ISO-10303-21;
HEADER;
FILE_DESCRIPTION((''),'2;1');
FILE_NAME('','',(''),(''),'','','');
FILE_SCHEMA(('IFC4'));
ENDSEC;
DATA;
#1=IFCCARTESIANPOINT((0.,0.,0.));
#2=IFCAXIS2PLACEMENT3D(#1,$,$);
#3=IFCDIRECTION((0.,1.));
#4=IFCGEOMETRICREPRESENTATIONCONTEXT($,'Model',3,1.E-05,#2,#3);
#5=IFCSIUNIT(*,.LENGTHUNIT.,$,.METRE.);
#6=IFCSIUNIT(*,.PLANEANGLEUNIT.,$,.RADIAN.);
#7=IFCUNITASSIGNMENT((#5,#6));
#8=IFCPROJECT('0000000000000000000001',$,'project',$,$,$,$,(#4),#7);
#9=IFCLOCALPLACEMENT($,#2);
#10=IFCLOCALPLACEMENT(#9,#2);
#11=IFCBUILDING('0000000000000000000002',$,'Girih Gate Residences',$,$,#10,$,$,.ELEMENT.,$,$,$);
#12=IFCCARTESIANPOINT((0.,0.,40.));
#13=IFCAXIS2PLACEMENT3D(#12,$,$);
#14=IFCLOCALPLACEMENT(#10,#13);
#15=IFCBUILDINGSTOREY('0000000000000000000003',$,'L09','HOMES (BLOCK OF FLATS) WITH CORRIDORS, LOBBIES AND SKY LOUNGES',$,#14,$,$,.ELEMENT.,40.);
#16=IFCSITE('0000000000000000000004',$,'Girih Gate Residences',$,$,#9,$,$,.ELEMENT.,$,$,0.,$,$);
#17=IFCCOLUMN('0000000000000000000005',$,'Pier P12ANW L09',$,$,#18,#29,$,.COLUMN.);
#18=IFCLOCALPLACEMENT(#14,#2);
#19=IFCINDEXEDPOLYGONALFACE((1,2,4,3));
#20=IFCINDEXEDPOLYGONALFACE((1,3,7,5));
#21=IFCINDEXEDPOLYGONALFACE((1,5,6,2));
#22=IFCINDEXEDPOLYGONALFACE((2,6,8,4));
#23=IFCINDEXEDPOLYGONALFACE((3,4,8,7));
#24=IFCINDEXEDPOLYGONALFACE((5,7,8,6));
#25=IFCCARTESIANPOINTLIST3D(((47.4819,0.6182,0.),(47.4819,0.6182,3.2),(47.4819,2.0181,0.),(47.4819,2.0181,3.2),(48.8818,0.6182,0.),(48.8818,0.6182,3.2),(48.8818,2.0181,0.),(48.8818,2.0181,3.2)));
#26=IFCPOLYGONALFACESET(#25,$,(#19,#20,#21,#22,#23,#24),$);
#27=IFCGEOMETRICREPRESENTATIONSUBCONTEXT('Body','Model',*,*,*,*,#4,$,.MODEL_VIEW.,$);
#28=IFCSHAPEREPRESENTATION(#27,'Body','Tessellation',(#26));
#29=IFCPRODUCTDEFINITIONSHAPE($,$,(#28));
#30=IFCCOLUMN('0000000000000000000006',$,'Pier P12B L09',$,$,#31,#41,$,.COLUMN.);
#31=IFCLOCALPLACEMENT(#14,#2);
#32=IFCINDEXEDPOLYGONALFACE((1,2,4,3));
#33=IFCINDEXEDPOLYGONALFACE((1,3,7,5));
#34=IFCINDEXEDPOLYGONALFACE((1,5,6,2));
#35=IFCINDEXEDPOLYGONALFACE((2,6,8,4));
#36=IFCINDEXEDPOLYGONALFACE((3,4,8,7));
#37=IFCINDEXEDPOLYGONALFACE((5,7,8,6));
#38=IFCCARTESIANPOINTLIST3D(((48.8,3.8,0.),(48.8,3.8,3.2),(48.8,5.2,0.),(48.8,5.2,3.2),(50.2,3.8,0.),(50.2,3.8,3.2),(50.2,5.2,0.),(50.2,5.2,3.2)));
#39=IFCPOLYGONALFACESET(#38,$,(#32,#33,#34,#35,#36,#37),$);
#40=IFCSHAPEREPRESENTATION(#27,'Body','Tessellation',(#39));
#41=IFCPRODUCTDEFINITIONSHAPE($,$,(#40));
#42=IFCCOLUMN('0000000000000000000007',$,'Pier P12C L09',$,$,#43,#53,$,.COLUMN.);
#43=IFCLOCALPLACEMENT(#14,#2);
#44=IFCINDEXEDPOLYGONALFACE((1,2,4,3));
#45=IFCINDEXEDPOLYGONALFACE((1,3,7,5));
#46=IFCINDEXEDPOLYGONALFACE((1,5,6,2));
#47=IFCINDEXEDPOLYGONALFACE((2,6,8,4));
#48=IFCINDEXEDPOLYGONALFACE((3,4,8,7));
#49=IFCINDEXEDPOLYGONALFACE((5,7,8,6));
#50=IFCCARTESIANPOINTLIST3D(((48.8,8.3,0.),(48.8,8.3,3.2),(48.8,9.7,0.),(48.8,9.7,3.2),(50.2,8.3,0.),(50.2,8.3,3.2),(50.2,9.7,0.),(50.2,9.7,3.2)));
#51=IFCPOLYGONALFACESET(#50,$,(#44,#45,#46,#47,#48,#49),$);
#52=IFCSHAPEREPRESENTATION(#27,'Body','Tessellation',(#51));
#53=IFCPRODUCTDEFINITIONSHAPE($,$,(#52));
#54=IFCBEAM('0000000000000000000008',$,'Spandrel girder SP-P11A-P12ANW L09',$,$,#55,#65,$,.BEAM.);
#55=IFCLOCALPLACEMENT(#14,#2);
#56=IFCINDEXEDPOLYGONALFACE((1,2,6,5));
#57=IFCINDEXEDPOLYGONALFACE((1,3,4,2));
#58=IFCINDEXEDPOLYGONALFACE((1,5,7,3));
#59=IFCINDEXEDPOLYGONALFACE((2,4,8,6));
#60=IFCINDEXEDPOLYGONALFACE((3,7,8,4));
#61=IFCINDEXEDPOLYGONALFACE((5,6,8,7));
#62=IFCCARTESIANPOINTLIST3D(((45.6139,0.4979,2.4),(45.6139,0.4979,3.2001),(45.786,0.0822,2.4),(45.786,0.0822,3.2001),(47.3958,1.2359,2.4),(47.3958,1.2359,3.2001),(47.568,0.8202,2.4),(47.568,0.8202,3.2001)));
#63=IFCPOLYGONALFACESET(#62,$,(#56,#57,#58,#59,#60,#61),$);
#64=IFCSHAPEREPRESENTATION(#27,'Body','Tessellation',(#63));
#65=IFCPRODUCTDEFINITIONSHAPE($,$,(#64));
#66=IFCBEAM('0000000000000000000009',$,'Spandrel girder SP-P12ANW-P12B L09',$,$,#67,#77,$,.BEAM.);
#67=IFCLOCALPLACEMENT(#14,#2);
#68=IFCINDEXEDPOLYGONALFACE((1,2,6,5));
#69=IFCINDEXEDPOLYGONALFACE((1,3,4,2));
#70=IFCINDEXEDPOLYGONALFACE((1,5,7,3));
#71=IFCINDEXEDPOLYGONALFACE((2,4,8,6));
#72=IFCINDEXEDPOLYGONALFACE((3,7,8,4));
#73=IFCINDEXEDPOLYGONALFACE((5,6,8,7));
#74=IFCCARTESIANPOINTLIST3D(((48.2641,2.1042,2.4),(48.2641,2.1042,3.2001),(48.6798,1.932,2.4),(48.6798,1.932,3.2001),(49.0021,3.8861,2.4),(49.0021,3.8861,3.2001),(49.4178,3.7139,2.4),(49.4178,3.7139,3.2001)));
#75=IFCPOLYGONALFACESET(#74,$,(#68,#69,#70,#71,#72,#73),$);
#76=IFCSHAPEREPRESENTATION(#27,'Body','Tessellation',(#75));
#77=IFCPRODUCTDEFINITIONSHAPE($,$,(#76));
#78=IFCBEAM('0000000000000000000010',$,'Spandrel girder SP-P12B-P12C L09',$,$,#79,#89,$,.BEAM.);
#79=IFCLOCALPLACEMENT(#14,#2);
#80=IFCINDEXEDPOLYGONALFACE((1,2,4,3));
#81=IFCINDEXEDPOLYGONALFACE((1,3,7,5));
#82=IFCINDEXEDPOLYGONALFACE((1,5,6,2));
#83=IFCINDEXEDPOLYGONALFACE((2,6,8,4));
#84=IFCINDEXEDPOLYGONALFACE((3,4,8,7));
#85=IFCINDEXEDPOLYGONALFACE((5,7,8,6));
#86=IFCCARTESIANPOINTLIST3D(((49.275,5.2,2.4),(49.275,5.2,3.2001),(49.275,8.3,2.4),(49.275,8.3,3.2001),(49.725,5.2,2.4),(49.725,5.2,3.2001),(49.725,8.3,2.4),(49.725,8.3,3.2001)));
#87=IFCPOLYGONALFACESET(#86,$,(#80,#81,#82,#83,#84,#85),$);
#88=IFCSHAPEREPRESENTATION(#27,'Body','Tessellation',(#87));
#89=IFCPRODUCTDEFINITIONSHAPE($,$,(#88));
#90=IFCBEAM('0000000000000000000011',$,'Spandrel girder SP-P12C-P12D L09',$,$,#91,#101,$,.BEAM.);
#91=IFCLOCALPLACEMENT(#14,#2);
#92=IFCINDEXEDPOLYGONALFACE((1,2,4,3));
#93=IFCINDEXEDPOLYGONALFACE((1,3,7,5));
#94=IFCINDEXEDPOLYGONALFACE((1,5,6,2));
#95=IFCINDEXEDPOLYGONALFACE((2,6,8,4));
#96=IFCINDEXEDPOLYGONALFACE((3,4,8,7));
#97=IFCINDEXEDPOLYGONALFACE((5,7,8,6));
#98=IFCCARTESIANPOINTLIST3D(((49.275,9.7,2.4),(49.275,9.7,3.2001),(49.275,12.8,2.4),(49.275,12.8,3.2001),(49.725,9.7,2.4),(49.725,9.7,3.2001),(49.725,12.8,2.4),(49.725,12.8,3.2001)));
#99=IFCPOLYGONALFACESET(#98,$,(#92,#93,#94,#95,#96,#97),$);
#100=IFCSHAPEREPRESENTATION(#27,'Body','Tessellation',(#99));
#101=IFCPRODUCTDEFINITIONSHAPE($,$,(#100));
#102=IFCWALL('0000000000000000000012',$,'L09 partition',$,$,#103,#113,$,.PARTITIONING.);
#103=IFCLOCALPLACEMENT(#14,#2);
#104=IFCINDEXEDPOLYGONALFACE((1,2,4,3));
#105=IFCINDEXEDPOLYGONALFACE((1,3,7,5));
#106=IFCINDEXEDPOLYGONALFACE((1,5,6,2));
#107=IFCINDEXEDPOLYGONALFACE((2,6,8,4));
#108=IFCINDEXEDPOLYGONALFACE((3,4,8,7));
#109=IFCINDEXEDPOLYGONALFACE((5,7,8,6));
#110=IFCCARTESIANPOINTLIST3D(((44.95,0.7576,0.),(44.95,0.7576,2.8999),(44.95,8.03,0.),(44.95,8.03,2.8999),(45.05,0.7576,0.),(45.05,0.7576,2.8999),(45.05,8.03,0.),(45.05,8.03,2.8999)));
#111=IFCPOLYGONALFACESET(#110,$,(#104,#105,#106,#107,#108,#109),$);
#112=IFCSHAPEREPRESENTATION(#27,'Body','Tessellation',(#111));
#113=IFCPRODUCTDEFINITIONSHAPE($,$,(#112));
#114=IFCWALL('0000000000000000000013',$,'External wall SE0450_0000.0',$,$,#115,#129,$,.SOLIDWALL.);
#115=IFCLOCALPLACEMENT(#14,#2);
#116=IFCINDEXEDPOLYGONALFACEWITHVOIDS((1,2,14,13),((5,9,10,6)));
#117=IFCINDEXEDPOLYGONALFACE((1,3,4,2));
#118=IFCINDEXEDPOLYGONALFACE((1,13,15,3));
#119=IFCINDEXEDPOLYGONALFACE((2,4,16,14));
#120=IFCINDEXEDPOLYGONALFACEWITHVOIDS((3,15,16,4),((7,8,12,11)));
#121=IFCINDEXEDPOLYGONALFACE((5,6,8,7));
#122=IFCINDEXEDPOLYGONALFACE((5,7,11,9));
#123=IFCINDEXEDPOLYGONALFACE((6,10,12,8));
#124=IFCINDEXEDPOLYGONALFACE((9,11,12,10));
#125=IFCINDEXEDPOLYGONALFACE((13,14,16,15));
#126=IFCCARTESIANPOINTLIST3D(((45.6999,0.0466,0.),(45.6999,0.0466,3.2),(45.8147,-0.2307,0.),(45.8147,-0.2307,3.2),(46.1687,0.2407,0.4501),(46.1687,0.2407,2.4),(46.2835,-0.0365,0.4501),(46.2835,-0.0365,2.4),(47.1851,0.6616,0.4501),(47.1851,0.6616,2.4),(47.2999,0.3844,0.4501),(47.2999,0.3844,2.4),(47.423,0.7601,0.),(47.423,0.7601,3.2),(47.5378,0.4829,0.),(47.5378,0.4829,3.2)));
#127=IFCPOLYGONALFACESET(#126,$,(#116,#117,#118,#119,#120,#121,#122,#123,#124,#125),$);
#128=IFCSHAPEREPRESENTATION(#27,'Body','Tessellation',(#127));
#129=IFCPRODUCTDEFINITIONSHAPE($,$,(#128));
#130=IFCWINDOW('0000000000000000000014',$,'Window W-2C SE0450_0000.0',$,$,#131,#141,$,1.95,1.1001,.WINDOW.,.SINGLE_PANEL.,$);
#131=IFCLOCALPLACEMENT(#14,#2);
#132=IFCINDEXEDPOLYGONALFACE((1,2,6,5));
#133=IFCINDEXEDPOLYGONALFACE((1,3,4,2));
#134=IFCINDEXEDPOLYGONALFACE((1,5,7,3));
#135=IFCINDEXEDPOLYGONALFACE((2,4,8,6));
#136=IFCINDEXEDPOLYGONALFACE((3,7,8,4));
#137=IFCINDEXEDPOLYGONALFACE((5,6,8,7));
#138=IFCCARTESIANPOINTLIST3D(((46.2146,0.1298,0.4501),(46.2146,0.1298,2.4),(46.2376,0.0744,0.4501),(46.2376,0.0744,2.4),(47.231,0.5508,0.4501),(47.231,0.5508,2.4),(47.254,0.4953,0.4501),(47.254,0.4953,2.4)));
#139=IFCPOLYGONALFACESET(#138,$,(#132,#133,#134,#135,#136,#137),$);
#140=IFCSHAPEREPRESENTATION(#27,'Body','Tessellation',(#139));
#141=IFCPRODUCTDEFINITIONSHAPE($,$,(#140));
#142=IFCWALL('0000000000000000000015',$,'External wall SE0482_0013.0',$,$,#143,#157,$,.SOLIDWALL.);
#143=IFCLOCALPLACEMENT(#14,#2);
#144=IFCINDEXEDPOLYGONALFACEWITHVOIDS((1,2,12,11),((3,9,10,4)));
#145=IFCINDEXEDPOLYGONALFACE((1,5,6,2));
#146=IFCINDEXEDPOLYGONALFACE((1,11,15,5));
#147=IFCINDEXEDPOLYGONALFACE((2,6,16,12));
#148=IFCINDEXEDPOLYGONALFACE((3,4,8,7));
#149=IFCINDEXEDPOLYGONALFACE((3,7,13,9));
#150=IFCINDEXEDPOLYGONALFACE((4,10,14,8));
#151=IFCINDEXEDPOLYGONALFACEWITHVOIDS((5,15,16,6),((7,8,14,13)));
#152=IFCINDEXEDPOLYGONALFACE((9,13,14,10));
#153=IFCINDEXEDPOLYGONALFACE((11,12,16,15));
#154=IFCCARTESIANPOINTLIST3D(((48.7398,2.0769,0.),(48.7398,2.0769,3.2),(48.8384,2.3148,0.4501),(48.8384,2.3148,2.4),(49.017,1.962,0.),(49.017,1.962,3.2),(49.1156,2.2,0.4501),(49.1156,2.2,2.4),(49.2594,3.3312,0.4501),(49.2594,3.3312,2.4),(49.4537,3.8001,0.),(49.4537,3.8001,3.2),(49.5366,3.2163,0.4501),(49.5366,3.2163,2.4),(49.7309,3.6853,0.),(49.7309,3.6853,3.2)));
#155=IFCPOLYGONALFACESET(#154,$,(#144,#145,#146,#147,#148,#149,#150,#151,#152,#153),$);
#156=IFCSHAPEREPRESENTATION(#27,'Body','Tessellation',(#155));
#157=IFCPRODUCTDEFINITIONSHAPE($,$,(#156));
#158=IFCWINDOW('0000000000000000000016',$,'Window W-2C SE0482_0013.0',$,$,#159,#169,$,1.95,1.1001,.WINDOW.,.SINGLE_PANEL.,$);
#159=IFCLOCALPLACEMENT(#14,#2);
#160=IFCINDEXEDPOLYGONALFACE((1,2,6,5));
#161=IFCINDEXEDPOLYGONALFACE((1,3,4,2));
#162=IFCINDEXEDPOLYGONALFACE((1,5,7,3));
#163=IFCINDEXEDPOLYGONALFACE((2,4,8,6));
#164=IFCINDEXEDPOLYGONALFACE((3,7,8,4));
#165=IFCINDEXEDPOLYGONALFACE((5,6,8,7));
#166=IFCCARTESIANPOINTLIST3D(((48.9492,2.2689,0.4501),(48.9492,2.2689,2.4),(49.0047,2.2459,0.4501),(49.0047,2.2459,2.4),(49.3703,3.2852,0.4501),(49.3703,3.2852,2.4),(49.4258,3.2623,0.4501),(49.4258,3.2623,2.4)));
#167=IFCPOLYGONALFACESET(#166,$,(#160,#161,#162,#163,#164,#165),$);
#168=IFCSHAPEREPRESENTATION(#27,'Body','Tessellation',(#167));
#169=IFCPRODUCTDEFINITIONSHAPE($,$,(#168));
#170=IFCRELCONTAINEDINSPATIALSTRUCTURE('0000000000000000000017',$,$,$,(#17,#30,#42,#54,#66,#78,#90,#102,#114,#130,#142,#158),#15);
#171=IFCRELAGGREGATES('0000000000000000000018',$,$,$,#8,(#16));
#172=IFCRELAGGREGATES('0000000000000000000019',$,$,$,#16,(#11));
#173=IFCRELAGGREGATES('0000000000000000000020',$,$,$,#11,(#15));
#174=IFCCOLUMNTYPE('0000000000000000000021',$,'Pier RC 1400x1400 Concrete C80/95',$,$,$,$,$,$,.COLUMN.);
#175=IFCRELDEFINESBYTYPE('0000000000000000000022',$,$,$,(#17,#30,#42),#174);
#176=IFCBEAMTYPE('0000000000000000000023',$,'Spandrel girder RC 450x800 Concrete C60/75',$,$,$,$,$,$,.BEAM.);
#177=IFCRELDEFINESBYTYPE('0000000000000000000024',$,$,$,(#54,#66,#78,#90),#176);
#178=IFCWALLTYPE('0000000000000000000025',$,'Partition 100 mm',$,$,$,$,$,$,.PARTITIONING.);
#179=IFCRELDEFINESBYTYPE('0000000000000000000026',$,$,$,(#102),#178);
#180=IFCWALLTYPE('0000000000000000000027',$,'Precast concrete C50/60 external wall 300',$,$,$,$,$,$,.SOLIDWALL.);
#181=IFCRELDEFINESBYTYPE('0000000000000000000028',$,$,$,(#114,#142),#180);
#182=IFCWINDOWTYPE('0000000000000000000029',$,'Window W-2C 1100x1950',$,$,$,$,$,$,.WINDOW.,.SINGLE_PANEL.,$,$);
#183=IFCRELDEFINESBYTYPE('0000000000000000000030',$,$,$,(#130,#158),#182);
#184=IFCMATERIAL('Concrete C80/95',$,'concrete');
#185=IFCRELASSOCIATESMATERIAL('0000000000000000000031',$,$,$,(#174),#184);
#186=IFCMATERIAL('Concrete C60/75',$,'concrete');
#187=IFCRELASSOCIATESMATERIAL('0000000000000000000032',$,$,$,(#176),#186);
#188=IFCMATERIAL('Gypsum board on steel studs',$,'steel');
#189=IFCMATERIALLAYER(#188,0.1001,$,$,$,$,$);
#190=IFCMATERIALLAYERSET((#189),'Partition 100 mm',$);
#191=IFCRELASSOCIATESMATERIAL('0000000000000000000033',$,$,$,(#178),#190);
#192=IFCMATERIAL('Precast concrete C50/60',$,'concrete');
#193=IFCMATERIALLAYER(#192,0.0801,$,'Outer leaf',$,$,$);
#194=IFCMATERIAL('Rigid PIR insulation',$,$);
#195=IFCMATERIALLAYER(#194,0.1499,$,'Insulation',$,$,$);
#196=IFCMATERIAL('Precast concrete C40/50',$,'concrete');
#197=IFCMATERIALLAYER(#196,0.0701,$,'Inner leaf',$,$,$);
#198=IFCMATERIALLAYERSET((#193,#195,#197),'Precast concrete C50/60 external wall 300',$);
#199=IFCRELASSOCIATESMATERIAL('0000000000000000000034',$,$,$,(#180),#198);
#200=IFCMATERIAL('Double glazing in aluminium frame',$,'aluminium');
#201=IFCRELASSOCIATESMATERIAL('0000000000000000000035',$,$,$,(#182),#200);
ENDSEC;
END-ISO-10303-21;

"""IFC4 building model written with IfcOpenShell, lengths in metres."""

from ifc_helpers import new_model, si_unit, direction, frame, frame_2d, origin, origin_2d, place, context, subcontext, project, spatial, rectangle, extrude, material, layer, layer_set, material_profile, profile_set, type_object, element, fill, save


model = new_model("IFC4")

# Units and contexts
model_context = context("Model", 3, precision=1e-05, world=origin(), true_north=direction((0.0, 1.0)))
body_context = subcontext(model_context, "Body", "Model", "MODEL_VIEW")
ifc_project = project(units=[si_unit("LENGTHUNIT", "METRE"), si_unit("PLANEANGLEUNIT", "RADIAN")], contexts=[model_context])

# Site, building, storey
site_placement = place(None, origin())
site = spatial("IfcSite", under=ifc_project, at=site_placement, Name="Girih Gate Residences", CompositionType="ELEMENT", RefElevation=0.0)
building_placement = place(site_placement, origin())
building = spatial("IfcBuilding", under=site, at=building_placement, Name="Girih Gate Residences", CompositionType="ELEMENT")
storey_placement = place(building_placement, frame((0.0, 0.0, 40.0)))
storey = spatial("IfcBuildingStorey", under=building, at=storey_placement, Name="L09", Description="HOMES (BLOCK OF FLATS) WITH CORRIDORS, LOBBIES AND SKY LOUNGES", CompositionType="ELEMENT", Elevation=40.0)

# Columns
ifc_material_1 = material(Name="Concrete C80/95", Category="concrete")
ifc_material_profile_1 = material_profile(ifc_material_1, rectangle(XDim=1.3999, YDim=1.3999, at=origin_2d()))
ifc_profile_set_1 = profile_set([ifc_material_profile_1], Name="Concrete C80/95")
column_type = type_object("IfcColumnType", Name="Pier RC 1400x1400 Concrete C80/95", PredefinedType="COLUMN", material=ifc_profile_set_1)
for number, where, z_axis, x_axis, name in (
    (1, (48.1819, 1.3181, 0.0), (0.0, 0.0, 1.0), (1.0, 0.0, 0.0), "Pier P12ANW L09"),
    (2, (49.5, 4.5, 0.0), (0.0, 0.0, 1.0), (1.0, 0.0, 0.0), "Pier P12B L09"),
    (3, (49.5, 9.0, 0.0), (0.0, 0.0, 1.0), (1.0, 0.0, 0.0), "Pier P12C L09"),
):
    element("IfcColumn", number, at=place(storey_placement, frame(where, z_axis=z_axis, x_axis=x_axis)), inside=storey, type_object=column_type, Name=name, PredefinedType="COLUMN", context=body_context, shape_type="SweptSolid", body=[
        extrude(rectangle(XDim=1.3999, YDim=1.3999, at=origin_2d()), origin(), (0.0, 0.0, 1.0), 3.2),
    ])

# Beams
ifc_material_2 = material(Name="Concrete C60/75", Category="concrete")
ifc_material_profile_2 = material_profile(ifc_material_2, rectangle(XDim=0.45, YDim=0.8, at=origin_2d()))
ifc_profile_set_2 = profile_set([ifc_material_profile_2], Name="Concrete C60/75")
beam_type = type_object("IfcBeamType", Name="Spandrel girder RC 450x800 Concrete C60/75", PredefinedType="BEAM", material=ifc_profile_set_2)
for number, where, z_axis, x_axis, name in (
    (4, (45.7, 0.29, 2.8), (0.923895, 0.382646, 0.0), (-0.382646, 0.923895, 0.0), "Spandrel girder SP-P11A-P12ANW L09"),
    (5, (48.4719, 2.0181, 2.8), (0.382646, 0.923895, 0.0), (-0.923895, 0.382646, 0.0), "Spandrel girder SP-P12ANW-P12B L09"),
):
    element("IfcBeam", number, at=place(storey_placement, frame(where, z_axis=z_axis, x_axis=x_axis)), inside=storey, type_object=beam_type, Name=name, PredefinedType="BEAM", context=body_context, shape_type="SweptSolid", body=[
        extrude(rectangle(XDim=0.45, YDim=0.8, at=origin_2d()), origin(), (0.0, 0.0, 1.0), 1.9287),
    ])
for number, where, z_axis, x_axis, name in (
    (6, (49.5, 5.2, 2.8), (0.0, 1.0, 0.0), (-1.0, 0.0, 0.0), "Spandrel girder SP-P12B-P12C L09"),
    (7, (49.5, 9.7, 2.8), (0.0, 1.0, 0.0), (-1.0, 0.0, 0.0), "Spandrel girder SP-P12C-P12D L09"),
):
    element("IfcBeam", number, at=place(storey_placement, frame(where, z_axis=z_axis, x_axis=x_axis)), inside=storey, type_object=beam_type, Name=name, PredefinedType="BEAM", context=body_context, shape_type="SweptSolid", body=[
        extrude(rectangle(XDim=0.45, YDim=0.8, at=origin_2d()), origin(), (0.0, 0.0, 1.0), 3.1001),
    ])

# Wall
ifc_material_3 = material(Name="Gypsum board on steel studs", Category="steel")
ifc_layer_1 = layer(ifc_material_3, 0.1001)
ifc_layer_set_1 = layer_set([ifc_layer_1], Name="Partition 100 mm")
wall_type_1 = type_object("IfcWallType", Name="Partition 100 mm", PredefinedType="PARTITIONING", material=ifc_layer_set_1)
wall_1_placement = place(storey_placement, frame((45.0, 0.7576, 0.0), z_axis=(0.0, 0.0, 1.0), x_axis=(0.0, 1.0, 0.0)))
element("IfcWall", 8, at=wall_1_placement, inside=storey, type_object=wall_type_1, Name="L09 partition", PredefinedType="PARTITIONING", context=body_context, shape_type="SweptSolid", body=[
    extrude(rectangle(XDim=7.2725, YDim=0.1001, at=frame_2d((3.6362, 0.0))), origin(), (0.0, 0.0, 1.0), 2.8999),
])

# Walls, openings, windows
ifc_material_4 = material(Name="Precast concrete C50/60", Category="concrete")
ifc_layer_2 = layer(ifc_material_4, 0.0801, Name="Outer leaf")
ifc_material_5 = material(Name="Rigid PIR insulation")
ifc_layer_3 = layer(ifc_material_5, 0.1499, Name="Insulation")
ifc_material_6 = material(Name="Precast concrete C40/50", Category="concrete")
ifc_layer_4 = layer(ifc_material_6, 0.0701, Name="Inner leaf")
ifc_layer_set_2 = layer_set([ifc_layer_2, ifc_layer_3, ifc_layer_4], Name="Precast concrete C50/60 external wall 300")
wall_type_2 = type_object("IfcWallType", Name="Precast concrete C50/60 external wall 300", PredefinedType="SOLIDWALL", material=ifc_layer_set_2)
wall_2_placement = place(storey_placement, frame((47.4805, 0.6216, 0.0), z_axis=(0.0, 0.0, 1.0), x_axis=(-0.923904, -0.382625, 0.0)))
wall_2 = element("IfcWall", 9, at=wall_2_placement, inside=storey, type_object=wall_type_2, Name="External wall SE0450_0000.0", PredefinedType="SOLIDWALL", context=body_context, shape_type="SweptSolid", body=[
    extrude(rectangle(XDim=1.865, YDim=0.3, at=frame_2d((0.9326, 0.0))), origin(), (0.0, 0.0, 1.0), 3.2),
])
opening_1_placement = place(wall_2_placement, frame((0.2576, 0.0, 0.45)))
opening_1 = element("IfcOpeningElement", 10, at=opening_1_placement, cuts=wall_2, PredefinedType="OPENING", context=body_context, shape_type="SweptSolid", body=[
    extrude(rectangle(XDim=1.1001, YDim=1.95, at=frame_2d((0.55, 0.9751))), frame((0.0, 0.1599, 0.0), z_axis=(0.0, -1.0, 0.0), x_axis=(1.0, 0.0, 0.0)), (0.0, 0.0, 1.0), 0.3201),
])
ifc_material_7 = material(Name="Double glazing in aluminium frame", Category="aluminium")
window_type_1 = type_object("IfcWindowType", Name="Window W-2C 1100x1950", PartitioningType="SINGLE_PANEL", PredefinedType="WINDOW", material=ifc_material_7)
window_1_placement = place(opening_1_placement, origin())
window_1 = element("IfcWindow", 11, at=window_1_placement, inside=storey, type_object=window_type_1, Name="Window W-2C SE0450_0000.0", OverallHeight=1.95, OverallWidth=1.1001, PartitioningType="SINGLE_PANEL", PredefinedType="WINDOW", context=body_context, shape_type="SweptSolid", body=[
    extrude(rectangle(XDim=1.1001, YDim=1.95, at=frame_2d((0.55, 0.9751))), frame((0.0, 0.03, 0.0), z_axis=(0.0, -1.0, 0.0), x_axis=(1.0, 0.0, 0.0)), (0.0, 0.0, 1.0), 0.0601),
])
fill(opening_1, window_1)
wall_3_placement = place(storey_placement, frame((49.5923, 3.7427, 0.0), z_axis=(0.0, 0.0, 1.0), x_axis=(-0.382737, -0.923857, 0.0)))
wall_3 = element("IfcWall", 12, at=wall_3_placement, inside=storey, type_object=wall_type_2, Name="External wall SE0482_0013.0", PredefinedType="SOLIDWALL", context=body_context, shape_type="SweptSolid", body=[
    extrude(rectangle(XDim=1.8652, YDim=0.3, at=frame_2d((0.9326, 0.0))), origin(), (0.0, 0.0, 1.0), 3.2),
])
opening_2_placement = place(wall_3_placement, frame((0.5076, 0.0, 0.45)))
opening_2 = element("IfcOpeningElement", 13, at=opening_2_placement, cuts=wall_3, PredefinedType="OPENING", context=body_context, shape_type="SweptSolid", body=[
    extrude(rectangle(XDim=1.1001, YDim=1.95, at=frame_2d((0.55, 0.9751))), frame((0.0, 0.1599, 0.0), z_axis=(0.0, -1.0, 0.0), x_axis=(1.0, 0.0, 0.0)), (0.0, 0.0, 1.0), 0.3201),
])
window_2_placement = place(opening_2_placement, origin())
window_2 = element("IfcWindow", 14, at=window_2_placement, inside=storey, type_object=window_type_1, Name="Window W-2C SE0482_0013.0", OverallHeight=1.95, OverallWidth=1.1001, PartitioningType="SINGLE_PANEL", PredefinedType="WINDOW", context=body_context, shape_type="SweptSolid", body=[
    extrude(rectangle(XDim=1.1001, YDim=1.95, at=frame_2d((0.55, 0.9751))), frame((0.0, 0.03, 0.0), z_axis=(0.0, -1.0, 0.0), x_axis=(1.0, 0.0, 0.0)), (0.0, 0.0, 1.0), 0.0601),
])
fill(opening_2, window_2)

save(model, "model.ifc")
